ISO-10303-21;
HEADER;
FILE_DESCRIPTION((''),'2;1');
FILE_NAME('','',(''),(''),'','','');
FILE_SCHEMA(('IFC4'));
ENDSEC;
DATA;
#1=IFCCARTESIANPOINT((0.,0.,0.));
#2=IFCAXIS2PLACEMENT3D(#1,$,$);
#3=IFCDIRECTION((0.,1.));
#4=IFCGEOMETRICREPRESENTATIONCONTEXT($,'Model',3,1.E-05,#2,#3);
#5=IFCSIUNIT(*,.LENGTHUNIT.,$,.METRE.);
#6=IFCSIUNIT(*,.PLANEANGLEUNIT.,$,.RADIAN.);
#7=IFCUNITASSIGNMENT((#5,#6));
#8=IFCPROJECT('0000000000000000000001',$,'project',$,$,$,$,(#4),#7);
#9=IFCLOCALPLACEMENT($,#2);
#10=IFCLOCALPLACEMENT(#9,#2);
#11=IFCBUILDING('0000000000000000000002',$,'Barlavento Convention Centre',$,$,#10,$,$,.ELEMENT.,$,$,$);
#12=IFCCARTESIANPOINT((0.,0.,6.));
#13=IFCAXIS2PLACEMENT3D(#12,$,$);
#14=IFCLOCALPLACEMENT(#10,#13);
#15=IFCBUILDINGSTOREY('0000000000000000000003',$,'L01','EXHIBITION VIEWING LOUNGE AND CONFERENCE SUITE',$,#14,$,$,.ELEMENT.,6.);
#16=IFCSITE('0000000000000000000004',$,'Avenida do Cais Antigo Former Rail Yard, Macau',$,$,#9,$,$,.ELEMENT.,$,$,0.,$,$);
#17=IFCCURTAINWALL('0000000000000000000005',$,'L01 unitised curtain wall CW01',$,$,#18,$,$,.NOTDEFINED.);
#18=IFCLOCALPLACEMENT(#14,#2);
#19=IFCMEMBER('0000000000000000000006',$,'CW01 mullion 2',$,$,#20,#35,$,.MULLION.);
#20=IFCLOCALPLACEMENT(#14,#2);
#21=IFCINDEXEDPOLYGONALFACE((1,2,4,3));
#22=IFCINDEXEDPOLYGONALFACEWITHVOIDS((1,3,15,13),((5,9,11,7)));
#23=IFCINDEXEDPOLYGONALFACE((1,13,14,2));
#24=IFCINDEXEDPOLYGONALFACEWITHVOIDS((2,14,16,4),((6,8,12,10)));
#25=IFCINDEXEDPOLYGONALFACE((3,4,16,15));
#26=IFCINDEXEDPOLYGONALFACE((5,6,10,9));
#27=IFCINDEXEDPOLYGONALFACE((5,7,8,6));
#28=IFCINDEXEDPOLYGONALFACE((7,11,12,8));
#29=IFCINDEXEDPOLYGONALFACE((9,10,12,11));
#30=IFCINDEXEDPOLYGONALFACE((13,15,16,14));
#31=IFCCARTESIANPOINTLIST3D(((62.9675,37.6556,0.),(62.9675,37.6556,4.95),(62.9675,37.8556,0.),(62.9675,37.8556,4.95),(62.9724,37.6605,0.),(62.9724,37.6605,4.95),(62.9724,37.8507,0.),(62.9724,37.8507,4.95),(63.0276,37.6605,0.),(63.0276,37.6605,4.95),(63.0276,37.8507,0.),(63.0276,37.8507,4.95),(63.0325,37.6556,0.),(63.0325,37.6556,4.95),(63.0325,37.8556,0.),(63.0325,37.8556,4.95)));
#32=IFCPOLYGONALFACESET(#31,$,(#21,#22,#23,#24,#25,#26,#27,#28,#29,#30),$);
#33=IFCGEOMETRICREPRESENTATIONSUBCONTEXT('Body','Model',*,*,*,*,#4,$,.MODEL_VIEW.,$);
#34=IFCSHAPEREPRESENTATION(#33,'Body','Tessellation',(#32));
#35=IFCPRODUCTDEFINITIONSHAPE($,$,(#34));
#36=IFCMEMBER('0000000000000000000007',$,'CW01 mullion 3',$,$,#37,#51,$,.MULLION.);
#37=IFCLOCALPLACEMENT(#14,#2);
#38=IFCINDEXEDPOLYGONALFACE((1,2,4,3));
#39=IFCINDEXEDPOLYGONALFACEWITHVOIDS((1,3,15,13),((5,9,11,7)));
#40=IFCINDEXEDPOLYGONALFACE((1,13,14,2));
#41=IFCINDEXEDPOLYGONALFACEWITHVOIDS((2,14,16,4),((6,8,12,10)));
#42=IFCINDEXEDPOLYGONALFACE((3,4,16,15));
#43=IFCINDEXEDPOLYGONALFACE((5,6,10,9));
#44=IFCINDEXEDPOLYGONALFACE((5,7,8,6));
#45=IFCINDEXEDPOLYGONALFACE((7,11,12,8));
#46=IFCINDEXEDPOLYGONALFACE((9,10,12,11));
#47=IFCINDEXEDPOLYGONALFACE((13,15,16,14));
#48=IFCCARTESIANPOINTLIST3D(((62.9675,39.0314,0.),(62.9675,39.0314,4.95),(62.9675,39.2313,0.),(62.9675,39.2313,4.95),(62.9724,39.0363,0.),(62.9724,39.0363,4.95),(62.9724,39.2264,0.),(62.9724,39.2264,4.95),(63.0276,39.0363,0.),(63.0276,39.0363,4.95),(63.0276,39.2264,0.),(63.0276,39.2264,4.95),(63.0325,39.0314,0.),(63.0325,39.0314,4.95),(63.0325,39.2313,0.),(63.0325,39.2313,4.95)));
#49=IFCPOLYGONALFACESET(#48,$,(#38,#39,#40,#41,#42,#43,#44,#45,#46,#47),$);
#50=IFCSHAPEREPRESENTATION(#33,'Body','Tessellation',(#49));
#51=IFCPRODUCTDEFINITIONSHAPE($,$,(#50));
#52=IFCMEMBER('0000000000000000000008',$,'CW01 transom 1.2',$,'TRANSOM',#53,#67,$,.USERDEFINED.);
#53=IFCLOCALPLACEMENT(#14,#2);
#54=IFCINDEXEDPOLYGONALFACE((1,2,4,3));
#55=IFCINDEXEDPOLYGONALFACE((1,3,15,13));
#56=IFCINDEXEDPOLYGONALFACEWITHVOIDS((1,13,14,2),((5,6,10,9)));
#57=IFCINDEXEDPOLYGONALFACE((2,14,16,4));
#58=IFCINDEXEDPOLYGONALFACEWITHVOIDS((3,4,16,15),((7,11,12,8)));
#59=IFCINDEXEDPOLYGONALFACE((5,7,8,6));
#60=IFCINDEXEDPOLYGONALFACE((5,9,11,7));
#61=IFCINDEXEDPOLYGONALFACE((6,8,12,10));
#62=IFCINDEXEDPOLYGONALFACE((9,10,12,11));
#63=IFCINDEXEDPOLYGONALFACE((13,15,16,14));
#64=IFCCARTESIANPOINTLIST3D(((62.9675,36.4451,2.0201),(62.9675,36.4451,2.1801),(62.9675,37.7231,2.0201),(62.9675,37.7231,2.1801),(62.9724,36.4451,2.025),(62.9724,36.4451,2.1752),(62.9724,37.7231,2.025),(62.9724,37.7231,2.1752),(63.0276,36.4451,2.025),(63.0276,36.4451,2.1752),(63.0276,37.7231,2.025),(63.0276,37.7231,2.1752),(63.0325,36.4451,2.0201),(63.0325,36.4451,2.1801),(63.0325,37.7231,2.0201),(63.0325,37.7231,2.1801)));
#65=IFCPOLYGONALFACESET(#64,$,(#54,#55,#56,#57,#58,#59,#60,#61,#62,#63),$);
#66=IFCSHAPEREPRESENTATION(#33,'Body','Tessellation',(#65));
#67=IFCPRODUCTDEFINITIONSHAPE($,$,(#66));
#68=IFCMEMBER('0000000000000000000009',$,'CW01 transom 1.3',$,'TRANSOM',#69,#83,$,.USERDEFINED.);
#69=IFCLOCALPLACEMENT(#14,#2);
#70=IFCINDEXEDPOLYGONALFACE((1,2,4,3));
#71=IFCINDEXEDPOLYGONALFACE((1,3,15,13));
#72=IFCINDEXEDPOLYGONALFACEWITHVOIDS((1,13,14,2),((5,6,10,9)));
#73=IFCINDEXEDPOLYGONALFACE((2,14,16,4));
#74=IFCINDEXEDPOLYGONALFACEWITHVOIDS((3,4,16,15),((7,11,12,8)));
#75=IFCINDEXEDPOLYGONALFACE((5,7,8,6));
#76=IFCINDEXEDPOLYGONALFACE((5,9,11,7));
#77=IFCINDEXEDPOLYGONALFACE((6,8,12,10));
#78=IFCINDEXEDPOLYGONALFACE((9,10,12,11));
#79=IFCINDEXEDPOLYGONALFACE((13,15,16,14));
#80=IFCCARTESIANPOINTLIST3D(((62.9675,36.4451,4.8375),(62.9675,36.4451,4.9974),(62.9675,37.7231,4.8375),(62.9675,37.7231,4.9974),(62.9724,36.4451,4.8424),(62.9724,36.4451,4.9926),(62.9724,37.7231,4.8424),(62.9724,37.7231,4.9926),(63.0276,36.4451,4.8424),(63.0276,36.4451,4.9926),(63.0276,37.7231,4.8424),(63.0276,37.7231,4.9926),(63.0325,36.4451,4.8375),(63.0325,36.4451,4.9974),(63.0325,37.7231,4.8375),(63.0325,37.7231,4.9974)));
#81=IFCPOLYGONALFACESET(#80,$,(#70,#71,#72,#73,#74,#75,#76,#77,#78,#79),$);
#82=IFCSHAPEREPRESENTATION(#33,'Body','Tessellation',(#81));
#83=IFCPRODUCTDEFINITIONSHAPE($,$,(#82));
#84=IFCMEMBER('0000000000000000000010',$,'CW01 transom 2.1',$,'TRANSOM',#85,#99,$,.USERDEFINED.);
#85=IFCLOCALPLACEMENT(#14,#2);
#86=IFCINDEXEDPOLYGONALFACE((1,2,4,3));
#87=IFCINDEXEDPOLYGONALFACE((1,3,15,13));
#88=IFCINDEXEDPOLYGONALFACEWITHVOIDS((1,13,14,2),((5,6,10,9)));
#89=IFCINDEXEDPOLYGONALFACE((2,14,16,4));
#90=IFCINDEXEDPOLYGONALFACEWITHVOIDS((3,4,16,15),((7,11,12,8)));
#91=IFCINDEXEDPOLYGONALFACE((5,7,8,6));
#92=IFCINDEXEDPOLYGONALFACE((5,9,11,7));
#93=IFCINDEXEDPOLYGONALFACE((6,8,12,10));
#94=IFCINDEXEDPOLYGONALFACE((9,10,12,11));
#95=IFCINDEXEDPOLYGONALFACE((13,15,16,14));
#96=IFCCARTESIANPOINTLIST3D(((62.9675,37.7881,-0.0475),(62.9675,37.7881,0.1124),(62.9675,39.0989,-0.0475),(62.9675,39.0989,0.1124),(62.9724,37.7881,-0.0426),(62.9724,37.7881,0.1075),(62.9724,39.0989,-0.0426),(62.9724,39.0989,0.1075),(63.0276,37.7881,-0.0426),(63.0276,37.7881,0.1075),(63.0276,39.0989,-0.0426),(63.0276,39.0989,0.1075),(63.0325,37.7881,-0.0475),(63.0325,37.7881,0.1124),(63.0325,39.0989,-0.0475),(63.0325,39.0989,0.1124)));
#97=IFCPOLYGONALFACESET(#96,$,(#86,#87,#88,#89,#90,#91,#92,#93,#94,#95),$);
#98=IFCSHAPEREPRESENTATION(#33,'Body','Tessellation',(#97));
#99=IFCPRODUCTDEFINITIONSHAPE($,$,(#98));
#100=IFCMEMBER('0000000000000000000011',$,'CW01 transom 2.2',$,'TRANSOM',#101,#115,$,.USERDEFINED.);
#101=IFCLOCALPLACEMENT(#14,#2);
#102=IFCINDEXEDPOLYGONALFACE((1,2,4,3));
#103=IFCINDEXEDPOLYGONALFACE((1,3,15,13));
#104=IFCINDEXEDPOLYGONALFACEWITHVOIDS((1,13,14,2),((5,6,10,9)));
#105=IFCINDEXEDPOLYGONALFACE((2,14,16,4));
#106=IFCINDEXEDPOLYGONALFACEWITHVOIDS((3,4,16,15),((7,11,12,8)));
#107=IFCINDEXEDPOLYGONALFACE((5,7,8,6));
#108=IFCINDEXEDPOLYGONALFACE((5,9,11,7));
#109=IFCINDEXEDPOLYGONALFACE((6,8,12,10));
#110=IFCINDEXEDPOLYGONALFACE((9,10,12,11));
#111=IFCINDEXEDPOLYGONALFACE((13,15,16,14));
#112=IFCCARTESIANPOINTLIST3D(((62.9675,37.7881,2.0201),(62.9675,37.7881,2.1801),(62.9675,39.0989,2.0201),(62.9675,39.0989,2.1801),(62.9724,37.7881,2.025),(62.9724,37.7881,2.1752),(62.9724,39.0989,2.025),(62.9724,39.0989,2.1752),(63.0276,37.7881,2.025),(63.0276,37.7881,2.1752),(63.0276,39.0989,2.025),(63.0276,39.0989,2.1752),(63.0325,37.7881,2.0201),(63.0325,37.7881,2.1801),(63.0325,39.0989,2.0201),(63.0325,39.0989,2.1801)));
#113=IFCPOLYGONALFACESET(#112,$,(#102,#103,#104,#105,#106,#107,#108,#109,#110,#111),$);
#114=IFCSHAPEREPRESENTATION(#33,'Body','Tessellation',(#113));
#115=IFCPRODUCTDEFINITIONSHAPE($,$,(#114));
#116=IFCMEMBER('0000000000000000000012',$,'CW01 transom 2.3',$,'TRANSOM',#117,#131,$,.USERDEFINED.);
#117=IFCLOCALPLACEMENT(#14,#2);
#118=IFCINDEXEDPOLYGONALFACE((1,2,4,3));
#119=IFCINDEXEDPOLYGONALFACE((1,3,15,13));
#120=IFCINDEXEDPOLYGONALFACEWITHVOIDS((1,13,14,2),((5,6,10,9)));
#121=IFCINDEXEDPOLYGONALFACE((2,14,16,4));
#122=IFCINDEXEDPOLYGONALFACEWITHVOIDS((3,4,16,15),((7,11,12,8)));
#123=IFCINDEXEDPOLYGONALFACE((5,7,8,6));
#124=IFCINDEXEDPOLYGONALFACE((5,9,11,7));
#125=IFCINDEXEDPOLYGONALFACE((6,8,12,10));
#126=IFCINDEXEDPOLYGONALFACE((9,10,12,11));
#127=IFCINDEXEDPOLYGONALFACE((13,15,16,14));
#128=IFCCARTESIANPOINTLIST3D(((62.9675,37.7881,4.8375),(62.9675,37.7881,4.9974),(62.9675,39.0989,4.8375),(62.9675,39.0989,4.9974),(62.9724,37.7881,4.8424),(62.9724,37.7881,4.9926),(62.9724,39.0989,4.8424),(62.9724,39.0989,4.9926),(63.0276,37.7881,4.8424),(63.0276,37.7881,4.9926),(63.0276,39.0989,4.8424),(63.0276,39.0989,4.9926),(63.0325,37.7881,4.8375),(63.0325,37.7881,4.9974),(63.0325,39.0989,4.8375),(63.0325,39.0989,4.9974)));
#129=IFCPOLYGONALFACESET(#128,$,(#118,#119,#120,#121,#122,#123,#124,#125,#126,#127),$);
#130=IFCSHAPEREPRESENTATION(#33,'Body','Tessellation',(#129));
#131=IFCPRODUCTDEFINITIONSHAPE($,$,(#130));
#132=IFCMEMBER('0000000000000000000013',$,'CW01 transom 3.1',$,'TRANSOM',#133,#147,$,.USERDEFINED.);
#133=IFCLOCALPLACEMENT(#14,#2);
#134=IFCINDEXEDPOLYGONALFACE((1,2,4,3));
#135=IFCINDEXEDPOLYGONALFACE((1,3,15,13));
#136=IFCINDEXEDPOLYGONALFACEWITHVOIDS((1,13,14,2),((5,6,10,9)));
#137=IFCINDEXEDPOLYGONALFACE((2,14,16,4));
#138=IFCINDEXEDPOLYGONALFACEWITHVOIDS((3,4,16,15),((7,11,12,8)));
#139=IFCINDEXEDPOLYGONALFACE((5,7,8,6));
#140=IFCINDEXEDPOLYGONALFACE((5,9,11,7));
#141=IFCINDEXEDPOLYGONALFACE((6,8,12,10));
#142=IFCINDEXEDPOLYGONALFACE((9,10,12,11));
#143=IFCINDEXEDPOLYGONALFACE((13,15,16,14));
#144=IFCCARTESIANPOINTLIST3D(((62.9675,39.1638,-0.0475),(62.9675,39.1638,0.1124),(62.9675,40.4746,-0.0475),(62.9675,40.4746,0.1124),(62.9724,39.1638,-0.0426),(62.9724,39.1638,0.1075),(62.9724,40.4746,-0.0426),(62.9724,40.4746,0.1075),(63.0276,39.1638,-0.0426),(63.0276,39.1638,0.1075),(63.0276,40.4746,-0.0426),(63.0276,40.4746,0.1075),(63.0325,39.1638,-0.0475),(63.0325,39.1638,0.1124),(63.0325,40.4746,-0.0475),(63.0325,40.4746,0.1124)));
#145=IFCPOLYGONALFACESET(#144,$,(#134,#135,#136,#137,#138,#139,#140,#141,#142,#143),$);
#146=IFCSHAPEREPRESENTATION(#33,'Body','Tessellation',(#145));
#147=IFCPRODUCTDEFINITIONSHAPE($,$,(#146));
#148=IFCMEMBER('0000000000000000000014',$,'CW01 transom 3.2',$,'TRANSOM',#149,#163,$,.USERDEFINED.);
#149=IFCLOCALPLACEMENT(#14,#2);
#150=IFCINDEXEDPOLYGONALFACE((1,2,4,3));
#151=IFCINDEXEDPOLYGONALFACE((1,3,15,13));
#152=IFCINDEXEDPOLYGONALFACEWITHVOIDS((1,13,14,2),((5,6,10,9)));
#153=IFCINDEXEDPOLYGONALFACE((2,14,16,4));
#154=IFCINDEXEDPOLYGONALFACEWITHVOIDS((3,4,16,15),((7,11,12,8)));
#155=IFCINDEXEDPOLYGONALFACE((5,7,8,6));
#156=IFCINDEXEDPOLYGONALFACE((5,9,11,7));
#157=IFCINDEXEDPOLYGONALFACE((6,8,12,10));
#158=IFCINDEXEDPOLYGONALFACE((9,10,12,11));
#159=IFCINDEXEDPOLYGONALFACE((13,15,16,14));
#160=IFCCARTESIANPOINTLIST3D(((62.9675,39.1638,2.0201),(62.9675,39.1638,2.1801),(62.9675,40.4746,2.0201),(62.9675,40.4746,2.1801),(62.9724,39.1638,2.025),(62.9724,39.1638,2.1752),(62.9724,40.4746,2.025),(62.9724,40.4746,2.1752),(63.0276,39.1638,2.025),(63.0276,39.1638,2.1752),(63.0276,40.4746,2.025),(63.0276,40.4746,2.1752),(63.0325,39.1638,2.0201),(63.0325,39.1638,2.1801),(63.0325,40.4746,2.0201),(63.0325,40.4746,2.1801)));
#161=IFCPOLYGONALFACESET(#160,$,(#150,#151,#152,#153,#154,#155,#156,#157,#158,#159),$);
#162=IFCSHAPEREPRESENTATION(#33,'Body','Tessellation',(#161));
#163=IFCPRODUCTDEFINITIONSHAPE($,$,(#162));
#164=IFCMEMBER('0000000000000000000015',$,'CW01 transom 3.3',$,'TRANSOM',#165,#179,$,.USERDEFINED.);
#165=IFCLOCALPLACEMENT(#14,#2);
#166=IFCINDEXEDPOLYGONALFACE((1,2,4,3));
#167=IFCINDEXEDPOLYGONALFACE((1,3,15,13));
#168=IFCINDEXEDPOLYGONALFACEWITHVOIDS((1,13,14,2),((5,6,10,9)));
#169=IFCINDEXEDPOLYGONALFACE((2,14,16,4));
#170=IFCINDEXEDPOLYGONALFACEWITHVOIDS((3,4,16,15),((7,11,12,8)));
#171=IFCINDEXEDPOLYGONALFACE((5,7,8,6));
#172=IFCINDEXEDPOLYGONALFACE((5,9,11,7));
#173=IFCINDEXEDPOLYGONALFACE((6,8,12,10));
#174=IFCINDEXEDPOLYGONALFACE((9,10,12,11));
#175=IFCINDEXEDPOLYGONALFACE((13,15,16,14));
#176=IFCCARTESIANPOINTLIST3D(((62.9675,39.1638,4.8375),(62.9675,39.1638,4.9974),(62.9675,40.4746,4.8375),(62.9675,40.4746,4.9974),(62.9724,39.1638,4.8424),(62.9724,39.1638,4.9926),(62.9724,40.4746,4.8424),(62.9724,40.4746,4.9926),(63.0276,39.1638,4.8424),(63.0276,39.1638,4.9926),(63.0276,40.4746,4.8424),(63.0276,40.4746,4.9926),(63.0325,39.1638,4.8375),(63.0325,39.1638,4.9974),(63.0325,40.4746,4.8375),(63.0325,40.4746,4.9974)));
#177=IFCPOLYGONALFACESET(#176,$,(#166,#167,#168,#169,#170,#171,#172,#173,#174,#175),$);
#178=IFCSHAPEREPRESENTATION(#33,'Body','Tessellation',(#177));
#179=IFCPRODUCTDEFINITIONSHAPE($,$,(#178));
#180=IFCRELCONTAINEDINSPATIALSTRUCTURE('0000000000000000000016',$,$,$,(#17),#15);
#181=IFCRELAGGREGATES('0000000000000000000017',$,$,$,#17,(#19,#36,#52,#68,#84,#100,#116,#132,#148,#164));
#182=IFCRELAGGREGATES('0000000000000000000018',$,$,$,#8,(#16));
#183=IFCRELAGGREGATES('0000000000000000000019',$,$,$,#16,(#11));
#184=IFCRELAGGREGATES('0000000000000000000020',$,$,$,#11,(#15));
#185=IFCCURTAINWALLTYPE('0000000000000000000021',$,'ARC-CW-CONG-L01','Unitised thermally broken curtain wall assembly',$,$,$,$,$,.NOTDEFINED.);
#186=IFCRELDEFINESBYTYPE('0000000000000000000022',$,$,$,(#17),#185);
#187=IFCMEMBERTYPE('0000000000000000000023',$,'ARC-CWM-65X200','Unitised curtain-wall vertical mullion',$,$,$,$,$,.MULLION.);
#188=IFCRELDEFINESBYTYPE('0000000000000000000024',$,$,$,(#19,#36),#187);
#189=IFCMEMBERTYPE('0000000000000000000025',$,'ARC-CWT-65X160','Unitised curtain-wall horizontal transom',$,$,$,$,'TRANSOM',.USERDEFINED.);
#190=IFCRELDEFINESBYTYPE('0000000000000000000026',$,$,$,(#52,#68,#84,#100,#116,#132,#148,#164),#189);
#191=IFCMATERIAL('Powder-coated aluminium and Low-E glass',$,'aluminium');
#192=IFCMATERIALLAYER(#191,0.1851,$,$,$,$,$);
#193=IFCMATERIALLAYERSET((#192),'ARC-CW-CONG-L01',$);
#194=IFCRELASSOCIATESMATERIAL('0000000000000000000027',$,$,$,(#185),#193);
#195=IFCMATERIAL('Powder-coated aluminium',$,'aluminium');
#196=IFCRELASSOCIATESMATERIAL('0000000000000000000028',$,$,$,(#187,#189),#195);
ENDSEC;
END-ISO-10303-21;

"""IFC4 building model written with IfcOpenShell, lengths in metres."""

from ifc_helpers import new_model, si_unit, direction, frame, origin, origin_2d, place, context, subcontext, project, spatial, hollow_rectangle, extrude, material, layer, layer_set, material_profile, profile_set, type_object, element, aggregate, save


model = new_model("IFC4")

# Units and contexts
model_context = context("Model", 3, precision=1e-05, world=origin(), true_north=direction((0.0, 1.0)))
body_context = subcontext(model_context, "Body", "Model", "MODEL_VIEW")
ifc_project = project(units=[si_unit("LENGTHUNIT", "METRE"), si_unit("PLANEANGLEUNIT", "RADIAN")], contexts=[model_context])

# Site, building, storey
site_placement = place(None, origin())
site = spatial("IfcSite", under=ifc_project, at=site_placement, Name="Avenida do Cais Antigo Former Rail Yard, Macau", CompositionType="ELEMENT", RefElevation=0.0)
building_placement = place(site_placement, origin())
building = spatial("IfcBuilding", under=site, at=building_placement, Name="Barlavento Convention Centre", CompositionType="ELEMENT")
storey_placement = place(building_placement, frame((0.0, 0.0, 6.0)))
storey = spatial("IfcBuildingStorey", under=building, at=storey_placement, Name="L01", Description="EXHIBITION VIEWING LOUNGE AND CONFERENCE SUITE", CompositionType="ELEMENT", Elevation=6.0)

# Curtain wall, members
ifc_material_1 = material(Name="Powder-coated aluminium and Low-E glass", Category="aluminium")
ifc_layer_1 = layer(ifc_material_1, 0.1851)
ifc_layer_set_1 = layer_set([ifc_layer_1], Name="ARC-CW-CONG-L01")
curtain_wall_type = type_object("IfcCurtainWallType", Name="ARC-CW-CONG-L01", Description="Unitised thermally broken curtain wall assembly", PredefinedType="NOTDEFINED", material=ifc_layer_set_1)
curtain_wall_placement = place(storey_placement, origin())
curtain_wall = element("IfcCurtainWall", 1, at=curtain_wall_placement, inside=storey, type_object=curtain_wall_type, Name="L01 unitised curtain wall CW01", PredefinedType="NOTDEFINED")
ifc_material_2 = material(Name="Powder-coated aluminium", Category="aluminium")
ifc_material_profile_1 = material_profile(ifc_material_2, hollow_rectangle(XDim=0.0649, YDim=0.2, WallThickness=0.0049, at=origin_2d()), Name="AL-MULL 65x200x5")
ifc_profile_set_1 = profile_set([ifc_material_profile_1], Name="Powder-coated aluminium")
member_type_1 = type_object("IfcMemberType", Name="ARC-CWM-65X200", Description="Unitised curtain-wall vertical mullion", PredefinedType="MULLION", material=ifc_profile_set_1)
member_1_placement = place(storey_placement, frame((63.0, 37.7556, 0.0), z_axis=(0.0, 0.0, 1.0), x_axis=(-1.0, 0.0, 0.0)))
member_1 = element("IfcMember", 2, at=member_1_placement, type_object=member_type_1, Name="CW01 mullion 2", PredefinedType="MULLION", context=body_context, shape_type="SweptSolid", body=[
    extrude(hollow_rectangle(XDim=0.0649, YDim=0.2, WallThickness=0.0049, at=origin_2d()), origin(), (0.0, 0.0, 1.0), 4.95),
])
member_2_placement = place(storey_placement, frame((63.0, 39.1313, 0.0), z_axis=(0.0, 0.0, 1.0), x_axis=(-1.0, 0.0, 0.0)))
member_2 = element("IfcMember", 3, at=member_2_placement, type_object=member_type_1, Name="CW01 mullion 3", PredefinedType="MULLION", context=body_context, shape_type="SweptSolid", body=[
    extrude(hollow_rectangle(XDim=0.0649, YDim=0.2, WallThickness=0.0049, at=origin_2d()), origin(), (0.0, 0.0, 1.0), 4.95),
])
ifc_material_profile_2 = material_profile(ifc_material_2, hollow_rectangle(XDim=0.0649, YDim=0.1599, WallThickness=0.0049, at=origin_2d()), Name="AL-TRAN 65x160x5")
ifc_profile_set_2 = profile_set([ifc_material_profile_2], Name="Powder-coated aluminium")
member_type_2 = type_object("IfcMemberType", Name="ARC-CWT-65X160", Description="Unitised curtain-wall horizontal transom", ElementType="TRANSOM", PredefinedType="USERDEFINED", material=ifc_profile_set_2)
member_3_placement = place(storey_placement, frame((63.0, 36.4451, 2.1001), z_axis=(0.0, 1.0, 0.0), x_axis=(-1.0, 0.0, 0.0)))
member_3 = element("IfcMember", 4, at=member_3_placement, type_object=member_type_2, Name="CW01 transom 1.2", ObjectType="TRANSOM", PredefinedType="USERDEFINED", context=body_context, shape_type="SweptSolid", body=[
    extrude(hollow_rectangle(XDim=0.0649, YDim=0.1599, WallThickness=0.0049, at=origin_2d()), origin(), (0.0, 0.0, 1.0), 1.2781),
])
member_4_placement = place(storey_placement, frame((63.0, 36.4451, 4.9175), z_axis=(0.0, 1.0, 0.0), x_axis=(-1.0, 0.0, 0.0)))
member_4 = element("IfcMember", 5, at=member_4_placement, type_object=member_type_2, Name="CW01 transom 1.3", ObjectType="TRANSOM", PredefinedType="USERDEFINED", context=body_context, shape_type="SweptSolid", body=[
    extrude(hollow_rectangle(XDim=0.0649, YDim=0.1599, WallThickness=0.0049, at=origin_2d()), origin(), (0.0, 0.0, 1.0), 1.2781),
])
member_5_placement = place(storey_placement, frame((63.0, 37.7881, 0.0325), z_axis=(0.0, 1.0, 0.0), x_axis=(-1.0, 0.0, 0.0)))
member_5 = element("IfcMember", 6, at=member_5_placement, type_object=member_type_2, Name="CW01 transom 2.1", ObjectType="TRANSOM", PredefinedType="USERDEFINED", context=body_context, shape_type="SweptSolid", body=[
    extrude(hollow_rectangle(XDim=0.0649, YDim=0.1599, WallThickness=0.0049, at=origin_2d()), origin(), (0.0, 0.0, 1.0), 1.3108),
])
member_6_placement = place(storey_placement, frame((63.0, 37.7881, 2.1001), z_axis=(0.0, 1.0, 0.0), x_axis=(-1.0, 0.0, 0.0)))
member_6 = element("IfcMember", 7, at=member_6_placement, type_object=member_type_2, Name="CW01 transom 2.2", ObjectType="TRANSOM", PredefinedType="USERDEFINED", context=body_context, shape_type="SweptSolid", body=[
    extrude(hollow_rectangle(XDim=0.0649, YDim=0.1599, WallThickness=0.0049, at=origin_2d()), origin(), (0.0, 0.0, 1.0), 1.3108),
])
member_7_placement = place(storey_placement, frame((63.0, 37.7881, 4.9175), z_axis=(0.0, 1.0, 0.0), x_axis=(-1.0, 0.0, 0.0)))
member_7 = element("IfcMember", 8, at=member_7_placement, type_object=member_type_2, Name="CW01 transom 2.3", ObjectType="TRANSOM", PredefinedType="USERDEFINED", context=body_context, shape_type="SweptSolid", body=[
    extrude(hollow_rectangle(XDim=0.0649, YDim=0.1599, WallThickness=0.0049, at=origin_2d()), origin(), (0.0, 0.0, 1.0), 1.3108),
])
member_8_placement = place(storey_placement, frame((63.0, 39.1638, 0.0325), z_axis=(0.0, 1.0, 0.0), x_axis=(-1.0, 0.0, 0.0)))
member_8 = element("IfcMember", 9, at=member_8_placement, type_object=member_type_2, Name="CW01 transom 3.1", ObjectType="TRANSOM", PredefinedType="USERDEFINED", context=body_context, shape_type="SweptSolid", body=[
    extrude(hollow_rectangle(XDim=0.0649, YDim=0.1599, WallThickness=0.0049, at=origin_2d()), origin(), (0.0, 0.0, 1.0), 1.3108),
])
member_9_placement = place(storey_placement, frame((63.0, 39.1638, 2.1001), z_axis=(0.0, 1.0, 0.0), x_axis=(-1.0, 0.0, 0.0)))
member_9 = element("IfcMember", 10, at=member_9_placement, type_object=member_type_2, Name="CW01 transom 3.2", ObjectType="TRANSOM", PredefinedType="USERDEFINED", context=body_context, shape_type="SweptSolid", body=[
    extrude(hollow_rectangle(XDim=0.0649, YDim=0.1599, WallThickness=0.0049, at=origin_2d()), origin(), (0.0, 0.0, 1.0), 1.3108),
])
member_10_placement = place(storey_placement, frame((63.0, 39.1638, 4.9175), z_axis=(0.0, 1.0, 0.0), x_axis=(-1.0, 0.0, 0.0)))
member_10 = element("IfcMember", 11, at=member_10_placement, type_object=member_type_2, Name="CW01 transom 3.3", ObjectType="TRANSOM", PredefinedType="USERDEFINED", context=body_context, shape_type="SweptSolid", body=[
    extrude(hollow_rectangle(XDim=0.0649, YDim=0.1599, WallThickness=0.0049, at=origin_2d()), origin(), (0.0, 0.0, 1.0), 1.3108),
])

aggregate(curtain_wall, [member_1, member_2, member_3, member_4, member_5, member_6, member_7, member_8, member_9, member_10])

save(model, "model.ifc")
